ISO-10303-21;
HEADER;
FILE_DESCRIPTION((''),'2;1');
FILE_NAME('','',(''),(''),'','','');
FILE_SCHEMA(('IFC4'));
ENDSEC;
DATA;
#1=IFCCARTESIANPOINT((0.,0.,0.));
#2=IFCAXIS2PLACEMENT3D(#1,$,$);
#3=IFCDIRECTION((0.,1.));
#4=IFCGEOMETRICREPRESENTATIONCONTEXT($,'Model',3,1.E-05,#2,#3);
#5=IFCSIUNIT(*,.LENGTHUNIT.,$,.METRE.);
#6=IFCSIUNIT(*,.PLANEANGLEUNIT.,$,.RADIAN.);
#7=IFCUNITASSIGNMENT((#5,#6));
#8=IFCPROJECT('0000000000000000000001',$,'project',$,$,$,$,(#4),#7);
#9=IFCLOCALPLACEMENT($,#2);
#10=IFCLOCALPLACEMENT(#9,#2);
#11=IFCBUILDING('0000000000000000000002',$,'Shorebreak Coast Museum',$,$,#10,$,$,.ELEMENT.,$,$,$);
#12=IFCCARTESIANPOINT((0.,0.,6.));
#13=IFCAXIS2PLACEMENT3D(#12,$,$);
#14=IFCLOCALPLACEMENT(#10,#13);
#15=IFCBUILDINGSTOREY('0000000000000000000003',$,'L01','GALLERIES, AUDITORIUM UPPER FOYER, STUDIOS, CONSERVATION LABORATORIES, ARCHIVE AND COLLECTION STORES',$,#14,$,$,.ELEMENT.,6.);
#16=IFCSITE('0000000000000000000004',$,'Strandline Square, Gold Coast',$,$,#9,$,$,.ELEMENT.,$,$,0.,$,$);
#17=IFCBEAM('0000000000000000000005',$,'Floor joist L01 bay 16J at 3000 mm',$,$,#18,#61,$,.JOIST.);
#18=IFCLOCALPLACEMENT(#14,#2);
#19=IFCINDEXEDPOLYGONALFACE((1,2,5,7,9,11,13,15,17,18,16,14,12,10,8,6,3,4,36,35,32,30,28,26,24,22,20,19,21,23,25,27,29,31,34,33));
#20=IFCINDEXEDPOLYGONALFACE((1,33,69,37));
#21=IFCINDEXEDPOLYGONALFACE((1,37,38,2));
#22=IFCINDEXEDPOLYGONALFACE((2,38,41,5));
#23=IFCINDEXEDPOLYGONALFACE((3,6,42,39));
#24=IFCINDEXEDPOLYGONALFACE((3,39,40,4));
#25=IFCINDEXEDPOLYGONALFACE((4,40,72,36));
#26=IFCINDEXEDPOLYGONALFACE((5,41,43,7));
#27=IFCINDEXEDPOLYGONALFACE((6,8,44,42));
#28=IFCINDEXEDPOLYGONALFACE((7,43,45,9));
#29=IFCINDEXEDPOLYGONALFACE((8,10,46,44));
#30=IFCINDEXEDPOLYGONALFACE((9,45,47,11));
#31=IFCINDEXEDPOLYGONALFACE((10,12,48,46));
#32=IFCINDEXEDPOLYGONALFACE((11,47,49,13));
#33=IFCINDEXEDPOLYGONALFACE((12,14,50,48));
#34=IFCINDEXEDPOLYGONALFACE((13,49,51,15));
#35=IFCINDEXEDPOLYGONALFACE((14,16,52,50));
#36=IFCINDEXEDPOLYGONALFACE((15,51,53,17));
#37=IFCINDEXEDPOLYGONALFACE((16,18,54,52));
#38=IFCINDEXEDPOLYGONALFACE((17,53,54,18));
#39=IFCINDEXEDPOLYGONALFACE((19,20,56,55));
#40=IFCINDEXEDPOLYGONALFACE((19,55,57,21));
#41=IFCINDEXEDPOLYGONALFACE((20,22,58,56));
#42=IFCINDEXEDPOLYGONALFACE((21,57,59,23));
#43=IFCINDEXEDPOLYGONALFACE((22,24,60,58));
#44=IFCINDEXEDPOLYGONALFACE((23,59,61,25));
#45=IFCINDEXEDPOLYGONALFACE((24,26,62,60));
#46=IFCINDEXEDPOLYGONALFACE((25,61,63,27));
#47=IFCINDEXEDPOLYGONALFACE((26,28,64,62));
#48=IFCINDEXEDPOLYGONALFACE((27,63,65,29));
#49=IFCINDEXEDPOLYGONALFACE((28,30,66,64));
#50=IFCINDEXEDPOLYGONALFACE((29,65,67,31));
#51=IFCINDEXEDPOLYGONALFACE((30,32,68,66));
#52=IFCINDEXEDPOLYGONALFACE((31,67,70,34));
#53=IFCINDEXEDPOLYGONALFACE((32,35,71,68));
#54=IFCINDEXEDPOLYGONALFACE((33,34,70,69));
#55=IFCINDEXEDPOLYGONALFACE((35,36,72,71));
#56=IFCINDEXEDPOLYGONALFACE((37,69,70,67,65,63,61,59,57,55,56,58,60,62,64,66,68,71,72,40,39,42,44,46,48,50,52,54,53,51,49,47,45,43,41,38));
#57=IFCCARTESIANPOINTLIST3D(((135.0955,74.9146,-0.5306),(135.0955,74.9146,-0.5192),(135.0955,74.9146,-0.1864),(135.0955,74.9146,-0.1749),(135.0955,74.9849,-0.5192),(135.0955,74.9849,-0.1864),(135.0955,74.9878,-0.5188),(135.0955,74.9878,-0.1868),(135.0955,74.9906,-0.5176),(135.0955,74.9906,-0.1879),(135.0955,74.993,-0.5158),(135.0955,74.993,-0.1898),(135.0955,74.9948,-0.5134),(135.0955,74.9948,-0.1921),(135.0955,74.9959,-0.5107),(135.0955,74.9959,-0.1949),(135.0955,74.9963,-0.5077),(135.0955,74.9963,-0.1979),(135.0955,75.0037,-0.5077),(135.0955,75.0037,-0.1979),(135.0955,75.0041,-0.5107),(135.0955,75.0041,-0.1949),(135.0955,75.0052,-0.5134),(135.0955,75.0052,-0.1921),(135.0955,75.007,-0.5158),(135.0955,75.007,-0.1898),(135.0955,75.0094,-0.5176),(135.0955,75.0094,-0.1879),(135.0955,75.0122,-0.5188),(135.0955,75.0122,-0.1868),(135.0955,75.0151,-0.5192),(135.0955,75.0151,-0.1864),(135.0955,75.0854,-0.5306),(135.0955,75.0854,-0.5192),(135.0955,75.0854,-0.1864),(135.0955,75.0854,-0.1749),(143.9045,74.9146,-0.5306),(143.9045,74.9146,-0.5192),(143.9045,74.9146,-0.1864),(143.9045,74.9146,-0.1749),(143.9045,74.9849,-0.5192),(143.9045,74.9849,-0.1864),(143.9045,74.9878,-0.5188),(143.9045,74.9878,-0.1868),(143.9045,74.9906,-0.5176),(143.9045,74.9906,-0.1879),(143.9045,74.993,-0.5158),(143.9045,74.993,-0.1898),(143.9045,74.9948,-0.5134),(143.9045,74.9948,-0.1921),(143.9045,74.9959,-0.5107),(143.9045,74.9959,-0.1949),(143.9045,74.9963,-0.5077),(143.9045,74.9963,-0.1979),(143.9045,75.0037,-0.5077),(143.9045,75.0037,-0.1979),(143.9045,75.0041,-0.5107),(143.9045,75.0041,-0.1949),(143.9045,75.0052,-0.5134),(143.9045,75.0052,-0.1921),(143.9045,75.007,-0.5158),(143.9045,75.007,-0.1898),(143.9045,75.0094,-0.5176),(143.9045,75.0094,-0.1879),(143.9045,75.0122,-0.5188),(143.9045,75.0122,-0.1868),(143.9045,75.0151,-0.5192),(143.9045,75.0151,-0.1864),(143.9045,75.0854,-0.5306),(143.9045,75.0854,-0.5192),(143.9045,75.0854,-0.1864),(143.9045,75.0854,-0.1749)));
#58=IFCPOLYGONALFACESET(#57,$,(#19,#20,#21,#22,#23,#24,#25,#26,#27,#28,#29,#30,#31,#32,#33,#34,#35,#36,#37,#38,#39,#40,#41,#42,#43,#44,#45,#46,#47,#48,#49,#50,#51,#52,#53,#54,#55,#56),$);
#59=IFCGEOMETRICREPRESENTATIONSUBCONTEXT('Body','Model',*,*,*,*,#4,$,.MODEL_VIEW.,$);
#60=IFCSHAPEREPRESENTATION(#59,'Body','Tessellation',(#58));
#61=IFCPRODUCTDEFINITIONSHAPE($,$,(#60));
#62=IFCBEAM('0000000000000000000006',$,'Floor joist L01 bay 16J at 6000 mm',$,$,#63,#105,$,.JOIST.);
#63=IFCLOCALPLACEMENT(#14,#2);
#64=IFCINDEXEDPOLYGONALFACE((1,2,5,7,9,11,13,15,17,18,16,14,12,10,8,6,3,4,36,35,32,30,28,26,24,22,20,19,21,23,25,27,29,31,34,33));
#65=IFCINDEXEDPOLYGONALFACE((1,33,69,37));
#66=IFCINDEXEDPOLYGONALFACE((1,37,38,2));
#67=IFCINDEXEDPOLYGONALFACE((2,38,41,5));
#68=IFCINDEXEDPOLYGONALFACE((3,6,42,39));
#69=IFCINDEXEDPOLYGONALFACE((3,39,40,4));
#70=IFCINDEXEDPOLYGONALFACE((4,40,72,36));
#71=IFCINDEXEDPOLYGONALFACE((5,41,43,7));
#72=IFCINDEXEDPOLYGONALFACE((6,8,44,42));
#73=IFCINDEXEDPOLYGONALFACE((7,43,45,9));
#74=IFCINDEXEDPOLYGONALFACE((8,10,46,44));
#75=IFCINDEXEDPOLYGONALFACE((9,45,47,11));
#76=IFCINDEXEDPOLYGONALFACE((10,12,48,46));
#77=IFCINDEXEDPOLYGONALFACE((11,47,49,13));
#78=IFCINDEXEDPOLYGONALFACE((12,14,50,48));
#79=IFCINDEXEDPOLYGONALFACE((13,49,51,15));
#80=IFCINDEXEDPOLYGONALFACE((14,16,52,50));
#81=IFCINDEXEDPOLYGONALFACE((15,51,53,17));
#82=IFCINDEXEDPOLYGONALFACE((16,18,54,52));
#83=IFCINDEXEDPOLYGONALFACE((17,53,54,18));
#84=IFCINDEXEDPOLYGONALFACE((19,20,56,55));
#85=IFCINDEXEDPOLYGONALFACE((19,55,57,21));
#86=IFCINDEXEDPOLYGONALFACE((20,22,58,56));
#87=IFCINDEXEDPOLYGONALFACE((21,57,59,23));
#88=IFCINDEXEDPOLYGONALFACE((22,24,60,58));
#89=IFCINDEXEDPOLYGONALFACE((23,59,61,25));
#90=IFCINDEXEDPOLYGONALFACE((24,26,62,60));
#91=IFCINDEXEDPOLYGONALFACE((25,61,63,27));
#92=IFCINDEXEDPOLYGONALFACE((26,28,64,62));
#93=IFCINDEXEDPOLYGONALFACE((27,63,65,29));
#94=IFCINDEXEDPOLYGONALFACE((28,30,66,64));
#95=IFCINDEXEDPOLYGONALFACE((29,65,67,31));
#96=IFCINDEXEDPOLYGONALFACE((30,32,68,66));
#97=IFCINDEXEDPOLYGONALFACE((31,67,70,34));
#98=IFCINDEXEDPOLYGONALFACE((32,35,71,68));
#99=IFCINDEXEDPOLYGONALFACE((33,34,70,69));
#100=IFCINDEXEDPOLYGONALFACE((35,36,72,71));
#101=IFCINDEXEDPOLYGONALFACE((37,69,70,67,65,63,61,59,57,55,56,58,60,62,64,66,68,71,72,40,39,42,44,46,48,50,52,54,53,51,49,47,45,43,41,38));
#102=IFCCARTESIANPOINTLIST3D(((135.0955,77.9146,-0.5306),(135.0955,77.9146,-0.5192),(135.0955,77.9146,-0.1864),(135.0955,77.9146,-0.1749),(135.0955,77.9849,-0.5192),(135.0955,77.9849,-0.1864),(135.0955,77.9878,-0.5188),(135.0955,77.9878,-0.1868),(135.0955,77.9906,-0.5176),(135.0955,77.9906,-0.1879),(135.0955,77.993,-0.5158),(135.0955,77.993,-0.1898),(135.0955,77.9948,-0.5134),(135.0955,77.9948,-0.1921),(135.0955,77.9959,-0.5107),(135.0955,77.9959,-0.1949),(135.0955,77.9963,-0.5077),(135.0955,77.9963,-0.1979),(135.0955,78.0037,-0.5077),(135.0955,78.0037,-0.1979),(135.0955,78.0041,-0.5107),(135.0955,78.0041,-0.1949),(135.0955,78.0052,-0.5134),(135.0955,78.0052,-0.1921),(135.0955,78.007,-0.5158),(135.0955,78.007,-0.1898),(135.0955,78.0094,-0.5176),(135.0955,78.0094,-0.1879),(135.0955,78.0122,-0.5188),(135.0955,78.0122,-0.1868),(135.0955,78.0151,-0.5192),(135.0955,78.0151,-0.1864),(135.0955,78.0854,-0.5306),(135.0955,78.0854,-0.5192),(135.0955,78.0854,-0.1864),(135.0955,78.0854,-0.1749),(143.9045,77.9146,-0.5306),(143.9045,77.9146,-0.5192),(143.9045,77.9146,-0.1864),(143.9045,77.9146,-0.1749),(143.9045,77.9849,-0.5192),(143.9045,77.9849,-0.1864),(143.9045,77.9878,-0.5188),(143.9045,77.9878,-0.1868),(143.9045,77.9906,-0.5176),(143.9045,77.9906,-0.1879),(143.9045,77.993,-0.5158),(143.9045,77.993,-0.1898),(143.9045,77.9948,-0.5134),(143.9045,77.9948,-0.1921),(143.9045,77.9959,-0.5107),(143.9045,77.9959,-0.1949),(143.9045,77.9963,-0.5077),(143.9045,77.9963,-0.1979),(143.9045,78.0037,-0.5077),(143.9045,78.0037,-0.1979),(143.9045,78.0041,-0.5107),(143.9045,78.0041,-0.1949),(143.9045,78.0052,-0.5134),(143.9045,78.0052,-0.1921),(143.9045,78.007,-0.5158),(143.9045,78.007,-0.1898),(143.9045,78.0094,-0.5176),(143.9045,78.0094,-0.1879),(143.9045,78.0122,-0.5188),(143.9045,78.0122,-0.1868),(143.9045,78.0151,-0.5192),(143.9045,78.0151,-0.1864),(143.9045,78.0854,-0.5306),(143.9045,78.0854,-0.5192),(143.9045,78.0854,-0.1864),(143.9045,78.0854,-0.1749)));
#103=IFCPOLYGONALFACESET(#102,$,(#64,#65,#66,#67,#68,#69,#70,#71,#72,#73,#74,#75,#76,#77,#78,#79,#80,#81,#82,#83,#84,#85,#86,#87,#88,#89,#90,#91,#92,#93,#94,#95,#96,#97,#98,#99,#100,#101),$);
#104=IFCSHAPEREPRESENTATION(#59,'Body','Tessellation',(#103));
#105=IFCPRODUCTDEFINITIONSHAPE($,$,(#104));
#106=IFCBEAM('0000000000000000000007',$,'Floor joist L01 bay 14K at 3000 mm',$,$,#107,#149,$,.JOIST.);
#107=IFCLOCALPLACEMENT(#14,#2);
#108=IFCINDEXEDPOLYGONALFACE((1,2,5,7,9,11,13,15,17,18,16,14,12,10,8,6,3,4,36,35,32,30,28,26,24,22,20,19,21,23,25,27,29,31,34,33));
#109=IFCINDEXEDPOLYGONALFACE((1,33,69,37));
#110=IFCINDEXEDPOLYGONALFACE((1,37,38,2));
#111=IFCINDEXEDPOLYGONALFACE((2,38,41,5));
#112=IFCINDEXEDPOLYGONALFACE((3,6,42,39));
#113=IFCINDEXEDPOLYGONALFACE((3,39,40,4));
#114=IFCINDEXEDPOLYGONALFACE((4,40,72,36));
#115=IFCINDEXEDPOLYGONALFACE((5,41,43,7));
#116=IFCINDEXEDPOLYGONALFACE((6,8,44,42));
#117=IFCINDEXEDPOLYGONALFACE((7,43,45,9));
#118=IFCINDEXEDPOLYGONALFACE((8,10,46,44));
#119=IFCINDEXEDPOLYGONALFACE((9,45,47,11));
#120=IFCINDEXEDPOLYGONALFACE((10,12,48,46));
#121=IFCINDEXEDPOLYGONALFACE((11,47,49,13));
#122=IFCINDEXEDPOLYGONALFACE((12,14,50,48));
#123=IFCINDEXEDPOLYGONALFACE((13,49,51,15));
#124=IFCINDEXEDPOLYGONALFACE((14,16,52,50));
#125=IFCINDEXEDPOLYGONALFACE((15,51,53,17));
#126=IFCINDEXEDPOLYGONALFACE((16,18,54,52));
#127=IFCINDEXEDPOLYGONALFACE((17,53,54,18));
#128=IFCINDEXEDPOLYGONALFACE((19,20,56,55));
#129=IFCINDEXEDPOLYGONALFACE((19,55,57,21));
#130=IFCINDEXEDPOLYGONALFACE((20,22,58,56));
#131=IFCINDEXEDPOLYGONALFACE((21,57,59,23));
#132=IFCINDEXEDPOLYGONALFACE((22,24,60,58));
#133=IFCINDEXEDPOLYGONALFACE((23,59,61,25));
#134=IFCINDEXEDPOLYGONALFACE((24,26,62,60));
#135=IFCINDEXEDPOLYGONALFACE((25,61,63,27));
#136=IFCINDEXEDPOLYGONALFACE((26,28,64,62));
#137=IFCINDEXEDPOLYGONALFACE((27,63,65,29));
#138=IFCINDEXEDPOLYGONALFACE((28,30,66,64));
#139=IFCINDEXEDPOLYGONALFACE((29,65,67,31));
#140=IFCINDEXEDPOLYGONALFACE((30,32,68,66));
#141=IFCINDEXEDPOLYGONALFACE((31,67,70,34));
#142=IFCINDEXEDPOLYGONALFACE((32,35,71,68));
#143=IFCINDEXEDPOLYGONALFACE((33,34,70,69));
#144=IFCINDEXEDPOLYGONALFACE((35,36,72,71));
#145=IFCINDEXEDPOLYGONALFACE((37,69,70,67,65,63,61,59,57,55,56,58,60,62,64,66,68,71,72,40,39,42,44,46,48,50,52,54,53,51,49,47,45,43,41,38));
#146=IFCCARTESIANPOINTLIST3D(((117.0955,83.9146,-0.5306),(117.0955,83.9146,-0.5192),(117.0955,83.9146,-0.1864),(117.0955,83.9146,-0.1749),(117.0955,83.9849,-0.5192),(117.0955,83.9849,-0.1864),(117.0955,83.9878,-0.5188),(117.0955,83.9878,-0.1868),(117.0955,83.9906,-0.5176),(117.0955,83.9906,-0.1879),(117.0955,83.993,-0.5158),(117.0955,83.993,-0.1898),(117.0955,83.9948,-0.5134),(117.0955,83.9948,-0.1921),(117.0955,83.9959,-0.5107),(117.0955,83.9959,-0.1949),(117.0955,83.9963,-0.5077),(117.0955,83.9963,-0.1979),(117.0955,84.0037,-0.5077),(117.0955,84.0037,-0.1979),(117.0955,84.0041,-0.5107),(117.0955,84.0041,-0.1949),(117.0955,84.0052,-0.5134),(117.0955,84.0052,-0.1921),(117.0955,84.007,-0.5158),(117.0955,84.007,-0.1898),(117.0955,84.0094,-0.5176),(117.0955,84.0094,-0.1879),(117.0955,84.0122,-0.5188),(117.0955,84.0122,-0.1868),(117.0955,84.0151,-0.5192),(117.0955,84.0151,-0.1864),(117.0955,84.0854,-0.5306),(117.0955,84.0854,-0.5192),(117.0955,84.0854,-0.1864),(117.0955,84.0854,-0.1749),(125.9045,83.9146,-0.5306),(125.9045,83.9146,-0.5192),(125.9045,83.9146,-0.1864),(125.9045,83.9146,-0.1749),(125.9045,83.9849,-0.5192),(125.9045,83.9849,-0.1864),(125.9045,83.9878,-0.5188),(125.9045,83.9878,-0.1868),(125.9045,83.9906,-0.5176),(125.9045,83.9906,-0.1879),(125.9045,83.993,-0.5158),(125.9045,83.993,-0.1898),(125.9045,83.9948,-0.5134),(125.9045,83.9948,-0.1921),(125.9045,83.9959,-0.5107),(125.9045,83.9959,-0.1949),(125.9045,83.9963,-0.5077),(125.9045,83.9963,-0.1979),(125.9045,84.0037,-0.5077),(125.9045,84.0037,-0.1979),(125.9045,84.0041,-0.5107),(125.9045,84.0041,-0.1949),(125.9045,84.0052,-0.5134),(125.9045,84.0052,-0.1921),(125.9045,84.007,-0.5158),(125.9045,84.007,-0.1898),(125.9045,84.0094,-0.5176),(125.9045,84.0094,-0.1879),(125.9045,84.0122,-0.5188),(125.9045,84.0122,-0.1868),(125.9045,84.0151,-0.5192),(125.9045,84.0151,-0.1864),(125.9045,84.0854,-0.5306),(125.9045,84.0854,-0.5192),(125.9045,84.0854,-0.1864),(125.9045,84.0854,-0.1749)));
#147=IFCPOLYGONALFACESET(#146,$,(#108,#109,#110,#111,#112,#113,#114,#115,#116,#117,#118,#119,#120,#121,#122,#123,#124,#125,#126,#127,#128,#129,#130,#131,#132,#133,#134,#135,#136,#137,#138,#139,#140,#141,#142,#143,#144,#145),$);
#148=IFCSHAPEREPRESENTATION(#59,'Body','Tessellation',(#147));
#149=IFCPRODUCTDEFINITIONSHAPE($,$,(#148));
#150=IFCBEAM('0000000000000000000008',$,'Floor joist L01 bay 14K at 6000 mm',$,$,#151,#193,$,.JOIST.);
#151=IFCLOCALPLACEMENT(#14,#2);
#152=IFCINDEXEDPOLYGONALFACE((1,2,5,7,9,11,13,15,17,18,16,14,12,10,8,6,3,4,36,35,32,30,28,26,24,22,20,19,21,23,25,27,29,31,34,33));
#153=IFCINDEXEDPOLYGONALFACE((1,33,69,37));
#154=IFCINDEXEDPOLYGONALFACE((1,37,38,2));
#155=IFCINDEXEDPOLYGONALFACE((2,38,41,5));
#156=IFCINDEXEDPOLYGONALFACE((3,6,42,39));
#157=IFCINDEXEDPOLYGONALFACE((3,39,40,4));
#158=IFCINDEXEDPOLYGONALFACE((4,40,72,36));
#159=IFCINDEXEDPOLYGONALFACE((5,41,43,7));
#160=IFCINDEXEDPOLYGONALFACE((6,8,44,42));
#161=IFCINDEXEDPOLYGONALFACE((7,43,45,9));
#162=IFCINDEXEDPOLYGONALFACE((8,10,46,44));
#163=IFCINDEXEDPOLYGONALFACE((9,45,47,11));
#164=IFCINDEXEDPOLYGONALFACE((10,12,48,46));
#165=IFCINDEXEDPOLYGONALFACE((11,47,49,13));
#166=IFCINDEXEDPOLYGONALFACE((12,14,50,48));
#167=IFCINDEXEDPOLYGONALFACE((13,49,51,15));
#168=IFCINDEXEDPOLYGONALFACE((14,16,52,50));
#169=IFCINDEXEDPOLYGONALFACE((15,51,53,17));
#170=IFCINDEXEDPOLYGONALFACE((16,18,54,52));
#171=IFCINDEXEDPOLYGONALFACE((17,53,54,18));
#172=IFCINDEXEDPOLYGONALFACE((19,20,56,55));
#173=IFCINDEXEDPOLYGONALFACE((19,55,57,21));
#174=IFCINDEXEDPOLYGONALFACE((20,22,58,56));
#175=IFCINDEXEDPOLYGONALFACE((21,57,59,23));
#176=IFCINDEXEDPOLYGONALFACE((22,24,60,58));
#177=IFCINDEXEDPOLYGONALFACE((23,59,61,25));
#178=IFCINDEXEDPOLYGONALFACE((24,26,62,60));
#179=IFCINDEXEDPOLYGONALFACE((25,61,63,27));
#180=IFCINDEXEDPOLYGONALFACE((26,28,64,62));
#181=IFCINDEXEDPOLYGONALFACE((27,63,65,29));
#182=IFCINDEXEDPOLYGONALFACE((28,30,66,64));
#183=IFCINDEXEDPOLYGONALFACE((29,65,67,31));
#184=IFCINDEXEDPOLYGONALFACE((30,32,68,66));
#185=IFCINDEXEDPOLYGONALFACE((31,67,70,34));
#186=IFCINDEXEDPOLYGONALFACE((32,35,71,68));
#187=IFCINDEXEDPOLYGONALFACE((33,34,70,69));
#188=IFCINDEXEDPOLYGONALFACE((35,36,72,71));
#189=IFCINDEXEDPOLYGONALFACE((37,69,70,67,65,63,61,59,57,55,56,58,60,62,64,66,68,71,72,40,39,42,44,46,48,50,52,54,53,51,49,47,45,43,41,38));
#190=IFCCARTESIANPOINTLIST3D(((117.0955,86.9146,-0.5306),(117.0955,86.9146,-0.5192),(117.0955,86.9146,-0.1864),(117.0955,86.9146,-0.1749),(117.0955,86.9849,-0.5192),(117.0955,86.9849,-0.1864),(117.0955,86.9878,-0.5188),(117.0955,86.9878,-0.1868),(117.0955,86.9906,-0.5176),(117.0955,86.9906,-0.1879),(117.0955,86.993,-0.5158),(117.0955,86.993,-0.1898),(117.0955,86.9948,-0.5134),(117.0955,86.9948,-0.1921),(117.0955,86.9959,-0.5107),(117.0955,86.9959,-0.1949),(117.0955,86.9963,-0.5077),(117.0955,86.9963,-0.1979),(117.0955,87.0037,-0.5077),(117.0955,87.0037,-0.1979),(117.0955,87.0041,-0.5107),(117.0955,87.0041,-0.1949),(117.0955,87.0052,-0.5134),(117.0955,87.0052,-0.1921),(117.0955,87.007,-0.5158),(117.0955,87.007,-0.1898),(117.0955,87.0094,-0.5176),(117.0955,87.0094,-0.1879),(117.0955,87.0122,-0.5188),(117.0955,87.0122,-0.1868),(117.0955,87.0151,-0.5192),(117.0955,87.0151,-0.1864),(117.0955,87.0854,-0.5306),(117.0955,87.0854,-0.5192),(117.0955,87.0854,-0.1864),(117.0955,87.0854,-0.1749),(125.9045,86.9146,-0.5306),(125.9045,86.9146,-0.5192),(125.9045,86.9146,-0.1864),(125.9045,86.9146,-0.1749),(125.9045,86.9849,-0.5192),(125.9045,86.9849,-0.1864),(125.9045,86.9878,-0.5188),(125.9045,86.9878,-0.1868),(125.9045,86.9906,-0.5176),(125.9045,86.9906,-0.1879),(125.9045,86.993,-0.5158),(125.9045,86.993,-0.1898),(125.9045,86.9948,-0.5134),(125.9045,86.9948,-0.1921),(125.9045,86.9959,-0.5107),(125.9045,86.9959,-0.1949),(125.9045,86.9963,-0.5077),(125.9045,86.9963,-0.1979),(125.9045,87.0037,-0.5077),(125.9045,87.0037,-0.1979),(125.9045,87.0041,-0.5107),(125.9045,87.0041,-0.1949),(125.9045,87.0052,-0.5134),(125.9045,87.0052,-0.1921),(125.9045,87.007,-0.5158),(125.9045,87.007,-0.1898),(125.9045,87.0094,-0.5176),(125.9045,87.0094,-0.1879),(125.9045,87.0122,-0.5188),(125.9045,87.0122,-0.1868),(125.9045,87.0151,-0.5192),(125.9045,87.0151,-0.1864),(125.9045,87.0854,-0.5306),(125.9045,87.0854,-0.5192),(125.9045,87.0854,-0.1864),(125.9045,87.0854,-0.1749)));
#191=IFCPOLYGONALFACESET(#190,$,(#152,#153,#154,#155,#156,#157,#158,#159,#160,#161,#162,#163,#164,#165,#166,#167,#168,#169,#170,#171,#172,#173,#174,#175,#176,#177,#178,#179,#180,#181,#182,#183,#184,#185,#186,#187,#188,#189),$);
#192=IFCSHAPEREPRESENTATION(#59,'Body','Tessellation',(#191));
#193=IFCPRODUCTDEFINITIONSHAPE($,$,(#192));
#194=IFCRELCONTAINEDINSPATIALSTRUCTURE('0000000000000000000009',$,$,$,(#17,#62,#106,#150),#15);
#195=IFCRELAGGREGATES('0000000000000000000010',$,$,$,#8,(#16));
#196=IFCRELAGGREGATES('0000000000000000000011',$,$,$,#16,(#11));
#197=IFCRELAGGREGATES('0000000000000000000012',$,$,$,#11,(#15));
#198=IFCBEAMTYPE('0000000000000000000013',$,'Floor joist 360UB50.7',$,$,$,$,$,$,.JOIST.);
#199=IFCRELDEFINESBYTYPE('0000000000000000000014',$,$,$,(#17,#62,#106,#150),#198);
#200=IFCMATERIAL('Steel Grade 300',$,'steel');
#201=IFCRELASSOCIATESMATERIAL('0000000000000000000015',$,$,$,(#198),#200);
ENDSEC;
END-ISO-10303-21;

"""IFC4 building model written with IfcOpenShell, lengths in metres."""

from ifc_helpers import new_model, si_unit, direction, frame, origin, origin_2d, place, context, subcontext, project, spatial, i_section, extrude, material, material_profile, profile_set, type_object, element, save


model = new_model("IFC4")

# Units and contexts
model_context = context("Model", 3, precision=1e-05, world=origin(), true_north=direction((0.0, 1.0)))
body_context = subcontext(model_context, "Body", "Model", "MODEL_VIEW")
ifc_project = project(units=[si_unit("LENGTHUNIT", "METRE"), si_unit("PLANEANGLEUNIT", "RADIAN")], contexts=[model_context])

# Site, building, storey
site_placement = place(None, origin())
site = spatial("IfcSite", under=ifc_project, at=site_placement, Name="Strandline Square, Gold Coast", CompositionType="ELEMENT", RefElevation=0.0)
building_placement = place(site_placement, origin())
building = spatial("IfcBuilding", under=site, at=building_placement, Name="Shorebreak Coast Museum", CompositionType="ELEMENT")
storey_placement = place(building_placement, frame((0.0, 0.0, 6.0)))
storey = spatial("IfcBuildingStorey", under=building, at=storey_placement, Name="L01", Description="GALLERIES, AUDITORIUM UPPER FOYER, STUDIOS, CONSERVATION LABORATORIES, ARCHIVE AND COLLECTION STORES", CompositionType="ELEMENT", Elevation=6.0)

# Beams
ifc_material_1 = material(Name="Steel Grade 300", Category="steel")
ifc_material_profile_1 = material_profile(ifc_material_1, i_section(OverallWidth=0.1709, OverallDepth=0.3557, WebThickness=0.0073, FlangeThickness=0.0115, FilletRadius=0.0115, at=origin_2d()), Name="360UB50.7")
ifc_profile_set_1 = profile_set([ifc_material_profile_1], Name="Steel Grade 300")
beam_type_1 = type_object("IfcBeamType", Name="Floor joist 360UB50.7", PredefinedType="JOIST", material=ifc_profile_set_1)
for number, where, z_axis, x_axis, name in (
    (1, (135.0955, 75.0, -0.3528), (1.0, 0.0, 0.0), (0.0, 1.0, 0.0), "Floor joist L01 bay 16J at 3000 mm"),
    (2, (135.0955, 78.0, -0.3528), (1.0, 0.0, 0.0), (0.0, 1.0, 0.0), "Floor joist L01 bay 16J at 6000 mm"),
    (3, (117.0955, 84.0, -0.3528), (1.0, 0.0, 0.0), (0.0, 1.0, 0.0), "Floor joist L01 bay 14K at 3000 mm"),
    (4, (117.0955, 87.0, -0.3528), (1.0, 0.0, 0.0), (0.0, 1.0, 0.0), "Floor joist L01 bay 14K at 6000 mm"),
):
    element("IfcBeam", number, at=place(storey_placement, frame(where, z_axis=z_axis, x_axis=x_axis)), inside=storey, type_object=beam_type_1, Name=name, PredefinedType="JOIST", context=body_context, shape_type="SweptSolid", body=[
        extrude(i_section(OverallWidth=0.1709, OverallDepth=0.3557, WebThickness=0.0073, FlangeThickness=0.0115, FilletRadius=0.0115, at=origin_2d()), origin(), (0.0, 0.0, 1.0), 8.8091),
    ])

save(model, "model.ifc")
